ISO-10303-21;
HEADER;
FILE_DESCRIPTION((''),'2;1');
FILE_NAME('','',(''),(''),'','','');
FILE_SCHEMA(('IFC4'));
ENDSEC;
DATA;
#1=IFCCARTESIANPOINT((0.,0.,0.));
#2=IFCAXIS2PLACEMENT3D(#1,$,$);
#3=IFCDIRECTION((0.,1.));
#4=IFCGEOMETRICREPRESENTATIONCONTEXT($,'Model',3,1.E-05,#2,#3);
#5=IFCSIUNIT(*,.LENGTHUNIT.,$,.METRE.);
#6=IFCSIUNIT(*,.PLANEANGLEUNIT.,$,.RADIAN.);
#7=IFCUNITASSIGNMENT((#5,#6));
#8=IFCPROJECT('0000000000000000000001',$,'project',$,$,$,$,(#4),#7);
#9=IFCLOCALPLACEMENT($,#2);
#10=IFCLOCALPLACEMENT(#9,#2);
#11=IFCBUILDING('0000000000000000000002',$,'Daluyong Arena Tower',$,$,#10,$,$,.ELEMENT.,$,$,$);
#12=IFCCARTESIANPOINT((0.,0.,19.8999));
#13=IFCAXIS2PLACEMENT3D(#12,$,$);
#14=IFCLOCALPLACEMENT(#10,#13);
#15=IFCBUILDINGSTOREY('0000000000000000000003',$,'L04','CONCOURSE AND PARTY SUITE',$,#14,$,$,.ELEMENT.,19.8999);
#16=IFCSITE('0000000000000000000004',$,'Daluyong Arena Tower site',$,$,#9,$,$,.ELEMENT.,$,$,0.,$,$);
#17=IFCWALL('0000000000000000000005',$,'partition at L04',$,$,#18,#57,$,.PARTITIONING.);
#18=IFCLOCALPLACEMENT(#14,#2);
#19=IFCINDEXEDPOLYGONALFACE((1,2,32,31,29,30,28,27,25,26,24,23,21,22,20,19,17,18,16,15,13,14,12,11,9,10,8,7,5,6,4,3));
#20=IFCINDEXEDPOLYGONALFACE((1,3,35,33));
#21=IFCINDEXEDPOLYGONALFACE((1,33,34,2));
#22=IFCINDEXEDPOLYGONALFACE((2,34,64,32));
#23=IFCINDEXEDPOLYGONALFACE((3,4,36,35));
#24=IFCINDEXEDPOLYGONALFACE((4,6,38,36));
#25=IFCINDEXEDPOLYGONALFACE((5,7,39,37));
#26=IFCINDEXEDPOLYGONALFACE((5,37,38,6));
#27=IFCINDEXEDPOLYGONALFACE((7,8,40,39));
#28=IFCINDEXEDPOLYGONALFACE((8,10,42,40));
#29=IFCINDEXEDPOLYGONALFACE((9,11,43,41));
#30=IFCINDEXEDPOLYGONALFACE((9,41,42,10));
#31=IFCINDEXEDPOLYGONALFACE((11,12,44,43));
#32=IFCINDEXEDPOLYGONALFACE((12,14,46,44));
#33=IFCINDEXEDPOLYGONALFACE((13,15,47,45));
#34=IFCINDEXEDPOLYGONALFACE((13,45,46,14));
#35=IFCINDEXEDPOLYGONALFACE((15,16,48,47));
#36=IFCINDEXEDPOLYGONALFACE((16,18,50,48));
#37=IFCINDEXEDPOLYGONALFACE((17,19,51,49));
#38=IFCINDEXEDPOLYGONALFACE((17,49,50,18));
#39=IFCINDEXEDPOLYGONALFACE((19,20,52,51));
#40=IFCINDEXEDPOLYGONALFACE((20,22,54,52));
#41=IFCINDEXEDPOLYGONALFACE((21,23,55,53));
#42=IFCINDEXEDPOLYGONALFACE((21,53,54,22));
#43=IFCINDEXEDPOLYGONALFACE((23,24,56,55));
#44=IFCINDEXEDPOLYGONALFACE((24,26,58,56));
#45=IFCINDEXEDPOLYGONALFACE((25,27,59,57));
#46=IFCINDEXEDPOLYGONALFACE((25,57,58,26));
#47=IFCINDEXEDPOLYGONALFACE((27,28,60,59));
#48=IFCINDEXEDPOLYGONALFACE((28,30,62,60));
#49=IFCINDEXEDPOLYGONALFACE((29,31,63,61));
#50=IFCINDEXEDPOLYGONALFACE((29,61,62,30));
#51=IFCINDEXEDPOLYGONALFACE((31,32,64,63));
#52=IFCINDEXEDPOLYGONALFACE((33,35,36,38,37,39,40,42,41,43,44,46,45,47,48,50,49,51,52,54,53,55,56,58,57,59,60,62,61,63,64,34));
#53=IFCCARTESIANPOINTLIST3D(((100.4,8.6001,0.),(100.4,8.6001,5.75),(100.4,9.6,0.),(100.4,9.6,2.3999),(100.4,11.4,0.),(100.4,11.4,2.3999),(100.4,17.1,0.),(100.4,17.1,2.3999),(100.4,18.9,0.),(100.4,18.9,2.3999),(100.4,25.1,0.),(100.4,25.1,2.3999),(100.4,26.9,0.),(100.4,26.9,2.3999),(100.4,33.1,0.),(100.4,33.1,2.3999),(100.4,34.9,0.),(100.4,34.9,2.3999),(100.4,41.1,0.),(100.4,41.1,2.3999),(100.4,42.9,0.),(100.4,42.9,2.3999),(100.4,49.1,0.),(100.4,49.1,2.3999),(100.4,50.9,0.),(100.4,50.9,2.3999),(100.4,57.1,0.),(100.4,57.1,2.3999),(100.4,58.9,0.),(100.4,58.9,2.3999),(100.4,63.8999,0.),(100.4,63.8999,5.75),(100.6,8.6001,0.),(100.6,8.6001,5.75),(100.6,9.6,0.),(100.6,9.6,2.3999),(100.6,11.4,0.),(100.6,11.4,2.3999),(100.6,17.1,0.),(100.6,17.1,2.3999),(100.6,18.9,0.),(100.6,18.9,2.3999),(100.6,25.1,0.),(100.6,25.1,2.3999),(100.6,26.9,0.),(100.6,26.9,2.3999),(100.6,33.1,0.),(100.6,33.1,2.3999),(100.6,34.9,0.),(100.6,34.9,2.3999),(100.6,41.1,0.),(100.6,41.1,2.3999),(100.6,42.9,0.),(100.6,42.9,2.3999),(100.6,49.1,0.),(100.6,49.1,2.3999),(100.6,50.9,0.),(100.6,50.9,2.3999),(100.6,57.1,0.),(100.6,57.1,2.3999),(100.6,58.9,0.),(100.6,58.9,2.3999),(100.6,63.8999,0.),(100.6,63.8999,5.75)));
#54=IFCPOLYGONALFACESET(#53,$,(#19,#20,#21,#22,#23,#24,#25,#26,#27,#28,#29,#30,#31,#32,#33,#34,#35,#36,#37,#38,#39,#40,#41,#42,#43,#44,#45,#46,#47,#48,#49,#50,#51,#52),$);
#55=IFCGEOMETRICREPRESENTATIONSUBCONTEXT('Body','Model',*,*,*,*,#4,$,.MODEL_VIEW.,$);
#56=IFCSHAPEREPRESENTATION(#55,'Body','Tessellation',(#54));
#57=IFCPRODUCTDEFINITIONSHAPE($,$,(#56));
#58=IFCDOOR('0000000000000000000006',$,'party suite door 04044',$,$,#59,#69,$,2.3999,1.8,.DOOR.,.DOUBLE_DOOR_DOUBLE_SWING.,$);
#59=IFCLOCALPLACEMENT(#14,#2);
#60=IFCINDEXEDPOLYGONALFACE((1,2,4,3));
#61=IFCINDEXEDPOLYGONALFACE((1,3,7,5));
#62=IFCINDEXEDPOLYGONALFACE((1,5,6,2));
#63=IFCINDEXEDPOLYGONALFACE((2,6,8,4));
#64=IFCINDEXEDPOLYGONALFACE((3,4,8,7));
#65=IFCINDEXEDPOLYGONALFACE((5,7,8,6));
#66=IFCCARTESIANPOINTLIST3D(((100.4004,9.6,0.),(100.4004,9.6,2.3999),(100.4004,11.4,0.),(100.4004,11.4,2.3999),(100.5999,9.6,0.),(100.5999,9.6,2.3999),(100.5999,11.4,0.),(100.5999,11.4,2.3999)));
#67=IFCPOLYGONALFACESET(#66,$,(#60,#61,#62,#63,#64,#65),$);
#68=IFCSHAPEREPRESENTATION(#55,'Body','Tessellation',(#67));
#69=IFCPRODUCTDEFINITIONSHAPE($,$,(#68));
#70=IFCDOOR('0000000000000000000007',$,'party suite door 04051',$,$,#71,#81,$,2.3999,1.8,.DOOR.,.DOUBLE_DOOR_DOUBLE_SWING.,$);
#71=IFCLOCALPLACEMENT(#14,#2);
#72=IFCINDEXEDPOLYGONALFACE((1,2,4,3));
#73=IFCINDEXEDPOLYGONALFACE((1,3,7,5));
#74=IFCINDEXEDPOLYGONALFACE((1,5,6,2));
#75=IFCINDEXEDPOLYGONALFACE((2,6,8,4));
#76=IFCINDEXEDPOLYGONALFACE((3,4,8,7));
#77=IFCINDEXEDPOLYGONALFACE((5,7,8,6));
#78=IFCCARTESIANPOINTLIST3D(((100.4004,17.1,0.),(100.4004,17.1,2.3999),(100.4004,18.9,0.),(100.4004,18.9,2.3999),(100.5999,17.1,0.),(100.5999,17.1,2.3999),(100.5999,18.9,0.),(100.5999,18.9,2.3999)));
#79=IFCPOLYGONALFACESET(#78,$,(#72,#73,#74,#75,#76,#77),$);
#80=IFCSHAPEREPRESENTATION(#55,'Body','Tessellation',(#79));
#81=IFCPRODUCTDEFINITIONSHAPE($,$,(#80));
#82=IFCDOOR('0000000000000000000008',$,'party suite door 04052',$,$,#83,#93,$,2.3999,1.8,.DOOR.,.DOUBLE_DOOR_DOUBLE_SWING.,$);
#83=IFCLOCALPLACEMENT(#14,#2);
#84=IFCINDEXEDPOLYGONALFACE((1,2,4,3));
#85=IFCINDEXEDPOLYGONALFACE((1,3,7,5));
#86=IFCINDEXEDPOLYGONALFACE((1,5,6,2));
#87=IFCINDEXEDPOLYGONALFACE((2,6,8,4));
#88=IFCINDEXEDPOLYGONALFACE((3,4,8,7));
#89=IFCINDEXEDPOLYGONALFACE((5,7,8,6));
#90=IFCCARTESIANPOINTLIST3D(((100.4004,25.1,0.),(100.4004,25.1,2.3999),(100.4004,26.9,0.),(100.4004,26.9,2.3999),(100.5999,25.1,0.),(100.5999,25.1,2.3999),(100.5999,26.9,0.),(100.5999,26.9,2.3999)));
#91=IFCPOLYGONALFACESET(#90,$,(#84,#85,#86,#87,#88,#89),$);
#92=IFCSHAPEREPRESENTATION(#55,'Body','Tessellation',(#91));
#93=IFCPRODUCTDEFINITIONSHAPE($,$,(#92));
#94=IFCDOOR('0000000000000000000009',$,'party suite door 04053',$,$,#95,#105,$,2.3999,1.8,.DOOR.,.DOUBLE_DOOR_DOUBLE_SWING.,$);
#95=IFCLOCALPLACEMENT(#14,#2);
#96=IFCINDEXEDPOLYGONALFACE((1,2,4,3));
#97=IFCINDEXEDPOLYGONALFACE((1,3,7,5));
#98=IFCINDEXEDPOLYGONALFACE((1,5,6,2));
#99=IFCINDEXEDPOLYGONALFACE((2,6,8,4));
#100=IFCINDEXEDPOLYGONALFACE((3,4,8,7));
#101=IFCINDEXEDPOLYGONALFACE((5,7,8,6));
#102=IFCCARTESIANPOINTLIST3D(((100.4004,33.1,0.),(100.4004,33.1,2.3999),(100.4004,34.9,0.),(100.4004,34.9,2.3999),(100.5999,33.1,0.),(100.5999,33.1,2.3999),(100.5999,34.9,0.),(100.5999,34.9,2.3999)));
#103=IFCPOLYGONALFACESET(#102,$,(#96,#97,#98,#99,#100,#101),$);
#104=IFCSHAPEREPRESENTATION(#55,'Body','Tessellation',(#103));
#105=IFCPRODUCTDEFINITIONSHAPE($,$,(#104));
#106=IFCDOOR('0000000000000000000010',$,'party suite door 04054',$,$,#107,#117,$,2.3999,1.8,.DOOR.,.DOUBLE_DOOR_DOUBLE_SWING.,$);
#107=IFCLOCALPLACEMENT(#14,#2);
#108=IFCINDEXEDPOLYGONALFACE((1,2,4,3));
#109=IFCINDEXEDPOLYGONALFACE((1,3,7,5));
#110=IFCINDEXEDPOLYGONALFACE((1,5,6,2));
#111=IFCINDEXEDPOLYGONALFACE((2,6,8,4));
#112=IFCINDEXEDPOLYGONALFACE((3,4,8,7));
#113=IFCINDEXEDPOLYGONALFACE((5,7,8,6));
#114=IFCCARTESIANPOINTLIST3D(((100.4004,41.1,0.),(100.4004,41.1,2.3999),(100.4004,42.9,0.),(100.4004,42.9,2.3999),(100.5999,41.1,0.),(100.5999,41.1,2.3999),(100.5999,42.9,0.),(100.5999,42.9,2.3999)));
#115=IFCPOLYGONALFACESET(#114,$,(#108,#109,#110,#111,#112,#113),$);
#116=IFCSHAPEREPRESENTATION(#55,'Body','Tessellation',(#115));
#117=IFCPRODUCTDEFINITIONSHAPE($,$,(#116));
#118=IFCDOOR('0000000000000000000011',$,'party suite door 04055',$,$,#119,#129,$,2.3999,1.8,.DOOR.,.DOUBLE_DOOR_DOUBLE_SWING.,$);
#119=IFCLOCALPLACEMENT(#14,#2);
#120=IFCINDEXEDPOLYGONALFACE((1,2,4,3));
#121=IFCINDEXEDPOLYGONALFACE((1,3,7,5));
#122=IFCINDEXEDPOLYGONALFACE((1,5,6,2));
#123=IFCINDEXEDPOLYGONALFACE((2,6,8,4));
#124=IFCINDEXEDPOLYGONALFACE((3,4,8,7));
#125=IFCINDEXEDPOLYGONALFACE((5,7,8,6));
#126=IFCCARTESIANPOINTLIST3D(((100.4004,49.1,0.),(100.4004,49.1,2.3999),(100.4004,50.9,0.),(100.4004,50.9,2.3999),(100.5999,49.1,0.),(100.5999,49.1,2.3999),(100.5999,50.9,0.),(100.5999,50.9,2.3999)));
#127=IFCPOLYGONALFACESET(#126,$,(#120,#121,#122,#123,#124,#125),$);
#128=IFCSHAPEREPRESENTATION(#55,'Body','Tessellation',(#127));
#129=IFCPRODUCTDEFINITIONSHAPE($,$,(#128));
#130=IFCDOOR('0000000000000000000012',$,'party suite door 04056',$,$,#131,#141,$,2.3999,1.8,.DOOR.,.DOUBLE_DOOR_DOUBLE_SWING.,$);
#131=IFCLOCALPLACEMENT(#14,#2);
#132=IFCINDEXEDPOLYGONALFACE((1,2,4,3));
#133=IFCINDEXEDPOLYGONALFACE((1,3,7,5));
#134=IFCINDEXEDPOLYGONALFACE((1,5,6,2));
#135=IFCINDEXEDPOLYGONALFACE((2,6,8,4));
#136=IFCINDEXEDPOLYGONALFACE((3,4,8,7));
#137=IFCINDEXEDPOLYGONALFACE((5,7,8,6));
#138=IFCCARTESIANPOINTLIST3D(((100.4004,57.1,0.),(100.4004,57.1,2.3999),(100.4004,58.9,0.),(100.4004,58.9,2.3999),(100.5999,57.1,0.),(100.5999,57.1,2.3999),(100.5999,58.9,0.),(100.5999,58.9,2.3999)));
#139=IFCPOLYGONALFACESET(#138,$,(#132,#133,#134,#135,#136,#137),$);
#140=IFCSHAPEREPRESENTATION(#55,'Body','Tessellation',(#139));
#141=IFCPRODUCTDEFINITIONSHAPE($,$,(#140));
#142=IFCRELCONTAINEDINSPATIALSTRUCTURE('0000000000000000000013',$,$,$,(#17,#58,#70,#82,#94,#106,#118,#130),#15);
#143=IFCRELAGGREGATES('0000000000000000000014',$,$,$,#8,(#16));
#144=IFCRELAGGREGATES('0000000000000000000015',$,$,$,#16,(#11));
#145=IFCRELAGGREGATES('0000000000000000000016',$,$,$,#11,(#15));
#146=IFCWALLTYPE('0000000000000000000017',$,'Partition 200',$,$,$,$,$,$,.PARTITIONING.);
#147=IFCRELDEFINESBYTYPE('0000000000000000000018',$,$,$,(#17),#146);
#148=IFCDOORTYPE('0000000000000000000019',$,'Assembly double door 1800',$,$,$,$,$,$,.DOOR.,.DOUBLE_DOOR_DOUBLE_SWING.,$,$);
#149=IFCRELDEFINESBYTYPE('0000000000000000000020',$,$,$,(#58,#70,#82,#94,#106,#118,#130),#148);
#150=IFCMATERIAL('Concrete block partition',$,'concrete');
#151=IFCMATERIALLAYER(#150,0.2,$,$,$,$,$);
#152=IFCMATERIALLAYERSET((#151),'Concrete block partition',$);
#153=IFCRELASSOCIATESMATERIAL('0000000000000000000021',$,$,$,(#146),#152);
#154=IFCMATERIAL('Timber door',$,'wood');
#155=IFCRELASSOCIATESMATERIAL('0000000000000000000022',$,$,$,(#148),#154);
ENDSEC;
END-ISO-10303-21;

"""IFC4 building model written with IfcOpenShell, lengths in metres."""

from ifc_helpers import new_model, si_unit, direction, frame, frame_2d, origin, place, context, subcontext, project, spatial, rectangle, extrude, material, layer, layer_set, type_object, element, fill, save


model = new_model("IFC4")

# Units and contexts
model_context = context("Model", 3, precision=1e-05, world=origin(), true_north=direction((0.0, 1.0)))
body_context = subcontext(model_context, "Body", "Model", "MODEL_VIEW")
ifc_project = project(units=[si_unit("LENGTHUNIT", "METRE"), si_unit("PLANEANGLEUNIT", "RADIAN")], contexts=[model_context])

# Site, building, storey
site_placement = place(None, origin())
site = spatial("IfcSite", under=ifc_project, at=site_placement, Name="Daluyong Arena Tower site", CompositionType="ELEMENT", RefElevation=0.0)
building_placement = place(site_placement, origin())
building = spatial("IfcBuilding", under=site, at=building_placement, Name="Daluyong Arena Tower", CompositionType="ELEMENT")
storey_placement = place(building_placement, frame((0.0, 0.0, 19.8999)))
storey = spatial("IfcBuildingStorey", under=building, at=storey_placement, Name="L04", Description="CONCOURSE AND PARTY SUITE", CompositionType="ELEMENT", Elevation=19.8999)

# Shared definitions
ifc_material_1 = material(Name="Concrete block partition", Category="concrete")
ifc_layer = layer(ifc_material_1, 0.2)
ifc_layer_set = layer_set([ifc_layer], Name="Concrete block partition")
wall_type = type_object("IfcWallType", Name="Partition 200", PredefinedType="PARTITIONING", material=ifc_layer_set)

# Wall, openings, doors
wall_placement = place(storey_placement, frame((100.5, 8.6001, 0.0), z_axis=(0.0, 0.0, 1.0), x_axis=(0.0, 1.0, 0.0)))
wall = element("IfcWall", 1, at=wall_placement, inside=storey, type_object=wall_type, Name="partition at L04", PredefinedType="PARTITIONING", context=body_context, shape_type="SweptSolid", body=[
    extrude(rectangle(XDim=55.2998, YDim=0.2, at=frame_2d((27.6499, 0.0))), origin(), (0.0, 0.0, 1.0), 5.75),
])
opening_1_placement = place(wall_placement, frame((1.0, 0.0, 0.0)))
opening_1 = element("IfcOpeningElement", 2, at=opening_1_placement, cuts=wall, PredefinedType="OPENING", context=body_context, shape_type="SweptSolid", body=[
    extrude(rectangle(XDim=1.8, YDim=2.3999, at=frame_2d((0.8999, 1.2))), frame((0.0, 0.1099, 0.0), z_axis=(0.0, -1.0, 0.0), x_axis=(1.0, 0.0, 0.0)), (0.0, 0.0, 1.0), 0.22),
])
opening_2_placement = place(wall_placement, frame((8.5, 0.0, 0.0)))
opening_2 = element("IfcOpeningElement", 3, at=opening_2_placement, cuts=wall, PredefinedType="OPENING", context=body_context, shape_type="SweptSolid", body=[
    extrude(rectangle(XDim=1.8, YDim=2.3999, at=frame_2d((0.8999, 1.2))), frame((0.0, 0.1099, 0.0), z_axis=(0.0, -1.0, 0.0), x_axis=(1.0, 0.0, 0.0)), (0.0, 0.0, 1.0), 0.22),
])
opening_3_placement = place(wall_placement, frame((16.5, 0.0, 0.0)))
opening_3 = element("IfcOpeningElement", 4, at=opening_3_placement, cuts=wall, PredefinedType="OPENING", context=body_context, shape_type="SweptSolid", body=[
    extrude(rectangle(XDim=1.8, YDim=2.3999, at=frame_2d((0.8999, 1.2))), frame((0.0, 0.1099, 0.0), z_axis=(0.0, -1.0, 0.0), x_axis=(1.0, 0.0, 0.0)), (0.0, 0.0, 1.0), 0.22),
])
opening_4_placement = place(wall_placement, frame((24.5, 0.0, 0.0)))
opening_4 = element("IfcOpeningElement", 5, at=opening_4_placement, cuts=wall, PredefinedType="OPENING", context=body_context, shape_type="SweptSolid", body=[
    extrude(rectangle(XDim=1.8, YDim=2.3999, at=frame_2d((0.8999, 1.2))), frame((0.0, 0.1099, 0.0), z_axis=(0.0, -1.0, 0.0), x_axis=(1.0, 0.0, 0.0)), (0.0, 0.0, 1.0), 0.22),
])
opening_5_placement = place(wall_placement, frame((32.5, 0.0, 0.0)))
opening_5 = element("IfcOpeningElement", 6, at=opening_5_placement, cuts=wall, PredefinedType="OPENING", context=body_context, shape_type="SweptSolid", body=[
    extrude(rectangle(XDim=1.8, YDim=2.3999, at=frame_2d((0.8999, 1.2))), frame((0.0, 0.1099, 0.0), z_axis=(0.0, -1.0, 0.0), x_axis=(1.0, 0.0, 0.0)), (0.0, 0.0, 1.0), 0.22),
])
opening_6_placement = place(wall_placement, frame((40.5, 0.0, 0.0)))
opening_6 = element("IfcOpeningElement", 7, at=opening_6_placement, cuts=wall, PredefinedType="OPENING", context=body_context, shape_type="SweptSolid", body=[
    extrude(rectangle(XDim=1.8, YDim=2.3999, at=frame_2d((0.8999, 1.2))), frame((0.0, 0.1099, 0.0), z_axis=(0.0, -1.0, 0.0), x_axis=(1.0, 0.0, 0.0)), (0.0, 0.0, 1.0), 0.22),
])
opening_7_placement = place(wall_placement, frame((48.5, 0.0, 0.0)))
opening_7 = element("IfcOpeningElement", 8, at=opening_7_placement, cuts=wall, PredefinedType="OPENING", context=body_context, shape_type="SweptSolid", body=[
    extrude(rectangle(XDim=1.8, YDim=2.3999, at=frame_2d((0.8999, 1.2))), frame((0.0, 0.1099, 0.0), z_axis=(0.0, -1.0, 0.0), x_axis=(1.0, 0.0, 0.0)), (0.0, 0.0, 1.0), 0.22),
])
ifc_material_2 = material(Name="Timber door", Category="wood")
door_type = type_object("IfcDoorType", Name="Assembly double door 1800", OperationType="DOUBLE_DOOR_DOUBLE_SWING", PredefinedType="DOOR", material=ifc_material_2)
door_1_placement = place(opening_1_placement, origin())
door_1 = element("IfcDoor", 9, at=door_1_placement, inside=storey, type_object=door_type, Name="party suite door 04044", OperationType="DOUBLE_DOOR_DOUBLE_SWING", OverallHeight=2.3999, OverallWidth=1.8, PredefinedType="DOOR", context=body_context, shape_type="SweptSolid", body=[
    extrude(rectangle(XDim=1.8, YDim=2.3999, at=frame_2d((0.8999, 1.2))), frame((0.0, 0.0996, 0.0), z_axis=(0.0, -1.0, 0.0), x_axis=(1.0, 0.0, 0.0)), (0.0, 0.0, 1.0), 0.1995),
])
fill(opening_1, door_1)
door_2_placement = place(opening_2_placement, origin())
door_2 = element("IfcDoor", 10, at=door_2_placement, inside=storey, type_object=door_type, Name="party suite door 04051", OperationType="DOUBLE_DOOR_DOUBLE_SWING", OverallHeight=2.3999, OverallWidth=1.8, PredefinedType="DOOR", context=body_context, shape_type="SweptSolid", body=[
    extrude(rectangle(XDim=1.8, YDim=2.3999, at=frame_2d((0.8999, 1.2))), frame((0.0, 0.0996, 0.0), z_axis=(0.0, -1.0, 0.0), x_axis=(1.0, 0.0, 0.0)), (0.0, 0.0, 1.0), 0.1995),
])
fill(opening_2, door_2)
door_3_placement = place(opening_3_placement, origin())
door_3 = element("IfcDoor", 11, at=door_3_placement, inside=storey, type_object=door_type, Name="party suite door 04052", OperationType="DOUBLE_DOOR_DOUBLE_SWING", OverallHeight=2.3999, OverallWidth=1.8, PredefinedType="DOOR", context=body_context, shape_type="SweptSolid", body=[
    extrude(rectangle(XDim=1.8, YDim=2.3999, at=frame_2d((0.8999, 1.2))), frame((0.0, 0.0996, 0.0), z_axis=(0.0, -1.0, 0.0), x_axis=(1.0, 0.0, 0.0)), (0.0, 0.0, 1.0), 0.1995),
])
fill(opening_3, door_3)
door_4_placement = place(opening_4_placement, origin())
door_4 = element("IfcDoor", 12, at=door_4_placement, inside=storey, type_object=door_type, Name="party suite door 04053", OperationType="DOUBLE_DOOR_DOUBLE_SWING", OverallHeight=2.3999, OverallWidth=1.8, PredefinedType="DOOR", context=body_context, shape_type="SweptSolid", body=[
    extrude(rectangle(XDim=1.8, YDim=2.3999, at=frame_2d((0.8999, 1.2))), frame((0.0, 0.0996, 0.0), z_axis=(0.0, -1.0, 0.0), x_axis=(1.0, 0.0, 0.0)), (0.0, 0.0, 1.0), 0.1995),
])
fill(opening_4, door_4)
door_5_placement = place(opening_5_placement, origin())
door_5 = element("IfcDoor", 13, at=door_5_placement, inside=storey, type_object=door_type, Name="party suite door 04054", OperationType="DOUBLE_DOOR_DOUBLE_SWING", OverallHeight=2.3999, OverallWidth=1.8, PredefinedType="DOOR", context=body_context, shape_type="SweptSolid", body=[
    extrude(rectangle(XDim=1.8, YDim=2.3999, at=frame_2d((0.8999, 1.2))), frame((0.0, 0.0996, 0.0), z_axis=(0.0, -1.0, 0.0), x_axis=(1.0, 0.0, 0.0)), (0.0, 0.0, 1.0), 0.1995),
])
fill(opening_5, door_5)
door_6_placement = place(opening_6_placement, origin())
door_6 = element("IfcDoor", 14, at=door_6_placement, inside=storey, type_object=door_type, Name="party suite door 04055", OperationType="DOUBLE_DOOR_DOUBLE_SWING", OverallHeight=2.3999, OverallWidth=1.8, PredefinedType="DOOR", context=body_context, shape_type="SweptSolid", body=[
    extrude(rectangle(XDim=1.8, YDim=2.3999, at=frame_2d((0.8999, 1.2))), frame((0.0, 0.0996, 0.0), z_axis=(0.0, -1.0, 0.0), x_axis=(1.0, 0.0, 0.0)), (0.0, 0.0, 1.0), 0.1995),
])
fill(opening_6, door_6)
door_7_placement = place(opening_7_placement, origin())
door_7 = element("IfcDoor", 15, at=door_7_placement, inside=storey, type_object=door_type, Name="party suite door 04056", OperationType="DOUBLE_DOOR_DOUBLE_SWING", OverallHeight=2.3999, OverallWidth=1.8, PredefinedType="DOOR", context=body_context, shape_type="SweptSolid", body=[
    extrude(rectangle(XDim=1.8, YDim=2.3999, at=frame_2d((0.8999, 1.2))), frame((0.0, 0.0996, 0.0), z_axis=(0.0, -1.0, 0.0), x_axis=(1.0, 0.0, 0.0)), (0.0, 0.0, 1.0), 0.1995),
])
fill(opening_7, door_7)

save(model, "model.ifc")
